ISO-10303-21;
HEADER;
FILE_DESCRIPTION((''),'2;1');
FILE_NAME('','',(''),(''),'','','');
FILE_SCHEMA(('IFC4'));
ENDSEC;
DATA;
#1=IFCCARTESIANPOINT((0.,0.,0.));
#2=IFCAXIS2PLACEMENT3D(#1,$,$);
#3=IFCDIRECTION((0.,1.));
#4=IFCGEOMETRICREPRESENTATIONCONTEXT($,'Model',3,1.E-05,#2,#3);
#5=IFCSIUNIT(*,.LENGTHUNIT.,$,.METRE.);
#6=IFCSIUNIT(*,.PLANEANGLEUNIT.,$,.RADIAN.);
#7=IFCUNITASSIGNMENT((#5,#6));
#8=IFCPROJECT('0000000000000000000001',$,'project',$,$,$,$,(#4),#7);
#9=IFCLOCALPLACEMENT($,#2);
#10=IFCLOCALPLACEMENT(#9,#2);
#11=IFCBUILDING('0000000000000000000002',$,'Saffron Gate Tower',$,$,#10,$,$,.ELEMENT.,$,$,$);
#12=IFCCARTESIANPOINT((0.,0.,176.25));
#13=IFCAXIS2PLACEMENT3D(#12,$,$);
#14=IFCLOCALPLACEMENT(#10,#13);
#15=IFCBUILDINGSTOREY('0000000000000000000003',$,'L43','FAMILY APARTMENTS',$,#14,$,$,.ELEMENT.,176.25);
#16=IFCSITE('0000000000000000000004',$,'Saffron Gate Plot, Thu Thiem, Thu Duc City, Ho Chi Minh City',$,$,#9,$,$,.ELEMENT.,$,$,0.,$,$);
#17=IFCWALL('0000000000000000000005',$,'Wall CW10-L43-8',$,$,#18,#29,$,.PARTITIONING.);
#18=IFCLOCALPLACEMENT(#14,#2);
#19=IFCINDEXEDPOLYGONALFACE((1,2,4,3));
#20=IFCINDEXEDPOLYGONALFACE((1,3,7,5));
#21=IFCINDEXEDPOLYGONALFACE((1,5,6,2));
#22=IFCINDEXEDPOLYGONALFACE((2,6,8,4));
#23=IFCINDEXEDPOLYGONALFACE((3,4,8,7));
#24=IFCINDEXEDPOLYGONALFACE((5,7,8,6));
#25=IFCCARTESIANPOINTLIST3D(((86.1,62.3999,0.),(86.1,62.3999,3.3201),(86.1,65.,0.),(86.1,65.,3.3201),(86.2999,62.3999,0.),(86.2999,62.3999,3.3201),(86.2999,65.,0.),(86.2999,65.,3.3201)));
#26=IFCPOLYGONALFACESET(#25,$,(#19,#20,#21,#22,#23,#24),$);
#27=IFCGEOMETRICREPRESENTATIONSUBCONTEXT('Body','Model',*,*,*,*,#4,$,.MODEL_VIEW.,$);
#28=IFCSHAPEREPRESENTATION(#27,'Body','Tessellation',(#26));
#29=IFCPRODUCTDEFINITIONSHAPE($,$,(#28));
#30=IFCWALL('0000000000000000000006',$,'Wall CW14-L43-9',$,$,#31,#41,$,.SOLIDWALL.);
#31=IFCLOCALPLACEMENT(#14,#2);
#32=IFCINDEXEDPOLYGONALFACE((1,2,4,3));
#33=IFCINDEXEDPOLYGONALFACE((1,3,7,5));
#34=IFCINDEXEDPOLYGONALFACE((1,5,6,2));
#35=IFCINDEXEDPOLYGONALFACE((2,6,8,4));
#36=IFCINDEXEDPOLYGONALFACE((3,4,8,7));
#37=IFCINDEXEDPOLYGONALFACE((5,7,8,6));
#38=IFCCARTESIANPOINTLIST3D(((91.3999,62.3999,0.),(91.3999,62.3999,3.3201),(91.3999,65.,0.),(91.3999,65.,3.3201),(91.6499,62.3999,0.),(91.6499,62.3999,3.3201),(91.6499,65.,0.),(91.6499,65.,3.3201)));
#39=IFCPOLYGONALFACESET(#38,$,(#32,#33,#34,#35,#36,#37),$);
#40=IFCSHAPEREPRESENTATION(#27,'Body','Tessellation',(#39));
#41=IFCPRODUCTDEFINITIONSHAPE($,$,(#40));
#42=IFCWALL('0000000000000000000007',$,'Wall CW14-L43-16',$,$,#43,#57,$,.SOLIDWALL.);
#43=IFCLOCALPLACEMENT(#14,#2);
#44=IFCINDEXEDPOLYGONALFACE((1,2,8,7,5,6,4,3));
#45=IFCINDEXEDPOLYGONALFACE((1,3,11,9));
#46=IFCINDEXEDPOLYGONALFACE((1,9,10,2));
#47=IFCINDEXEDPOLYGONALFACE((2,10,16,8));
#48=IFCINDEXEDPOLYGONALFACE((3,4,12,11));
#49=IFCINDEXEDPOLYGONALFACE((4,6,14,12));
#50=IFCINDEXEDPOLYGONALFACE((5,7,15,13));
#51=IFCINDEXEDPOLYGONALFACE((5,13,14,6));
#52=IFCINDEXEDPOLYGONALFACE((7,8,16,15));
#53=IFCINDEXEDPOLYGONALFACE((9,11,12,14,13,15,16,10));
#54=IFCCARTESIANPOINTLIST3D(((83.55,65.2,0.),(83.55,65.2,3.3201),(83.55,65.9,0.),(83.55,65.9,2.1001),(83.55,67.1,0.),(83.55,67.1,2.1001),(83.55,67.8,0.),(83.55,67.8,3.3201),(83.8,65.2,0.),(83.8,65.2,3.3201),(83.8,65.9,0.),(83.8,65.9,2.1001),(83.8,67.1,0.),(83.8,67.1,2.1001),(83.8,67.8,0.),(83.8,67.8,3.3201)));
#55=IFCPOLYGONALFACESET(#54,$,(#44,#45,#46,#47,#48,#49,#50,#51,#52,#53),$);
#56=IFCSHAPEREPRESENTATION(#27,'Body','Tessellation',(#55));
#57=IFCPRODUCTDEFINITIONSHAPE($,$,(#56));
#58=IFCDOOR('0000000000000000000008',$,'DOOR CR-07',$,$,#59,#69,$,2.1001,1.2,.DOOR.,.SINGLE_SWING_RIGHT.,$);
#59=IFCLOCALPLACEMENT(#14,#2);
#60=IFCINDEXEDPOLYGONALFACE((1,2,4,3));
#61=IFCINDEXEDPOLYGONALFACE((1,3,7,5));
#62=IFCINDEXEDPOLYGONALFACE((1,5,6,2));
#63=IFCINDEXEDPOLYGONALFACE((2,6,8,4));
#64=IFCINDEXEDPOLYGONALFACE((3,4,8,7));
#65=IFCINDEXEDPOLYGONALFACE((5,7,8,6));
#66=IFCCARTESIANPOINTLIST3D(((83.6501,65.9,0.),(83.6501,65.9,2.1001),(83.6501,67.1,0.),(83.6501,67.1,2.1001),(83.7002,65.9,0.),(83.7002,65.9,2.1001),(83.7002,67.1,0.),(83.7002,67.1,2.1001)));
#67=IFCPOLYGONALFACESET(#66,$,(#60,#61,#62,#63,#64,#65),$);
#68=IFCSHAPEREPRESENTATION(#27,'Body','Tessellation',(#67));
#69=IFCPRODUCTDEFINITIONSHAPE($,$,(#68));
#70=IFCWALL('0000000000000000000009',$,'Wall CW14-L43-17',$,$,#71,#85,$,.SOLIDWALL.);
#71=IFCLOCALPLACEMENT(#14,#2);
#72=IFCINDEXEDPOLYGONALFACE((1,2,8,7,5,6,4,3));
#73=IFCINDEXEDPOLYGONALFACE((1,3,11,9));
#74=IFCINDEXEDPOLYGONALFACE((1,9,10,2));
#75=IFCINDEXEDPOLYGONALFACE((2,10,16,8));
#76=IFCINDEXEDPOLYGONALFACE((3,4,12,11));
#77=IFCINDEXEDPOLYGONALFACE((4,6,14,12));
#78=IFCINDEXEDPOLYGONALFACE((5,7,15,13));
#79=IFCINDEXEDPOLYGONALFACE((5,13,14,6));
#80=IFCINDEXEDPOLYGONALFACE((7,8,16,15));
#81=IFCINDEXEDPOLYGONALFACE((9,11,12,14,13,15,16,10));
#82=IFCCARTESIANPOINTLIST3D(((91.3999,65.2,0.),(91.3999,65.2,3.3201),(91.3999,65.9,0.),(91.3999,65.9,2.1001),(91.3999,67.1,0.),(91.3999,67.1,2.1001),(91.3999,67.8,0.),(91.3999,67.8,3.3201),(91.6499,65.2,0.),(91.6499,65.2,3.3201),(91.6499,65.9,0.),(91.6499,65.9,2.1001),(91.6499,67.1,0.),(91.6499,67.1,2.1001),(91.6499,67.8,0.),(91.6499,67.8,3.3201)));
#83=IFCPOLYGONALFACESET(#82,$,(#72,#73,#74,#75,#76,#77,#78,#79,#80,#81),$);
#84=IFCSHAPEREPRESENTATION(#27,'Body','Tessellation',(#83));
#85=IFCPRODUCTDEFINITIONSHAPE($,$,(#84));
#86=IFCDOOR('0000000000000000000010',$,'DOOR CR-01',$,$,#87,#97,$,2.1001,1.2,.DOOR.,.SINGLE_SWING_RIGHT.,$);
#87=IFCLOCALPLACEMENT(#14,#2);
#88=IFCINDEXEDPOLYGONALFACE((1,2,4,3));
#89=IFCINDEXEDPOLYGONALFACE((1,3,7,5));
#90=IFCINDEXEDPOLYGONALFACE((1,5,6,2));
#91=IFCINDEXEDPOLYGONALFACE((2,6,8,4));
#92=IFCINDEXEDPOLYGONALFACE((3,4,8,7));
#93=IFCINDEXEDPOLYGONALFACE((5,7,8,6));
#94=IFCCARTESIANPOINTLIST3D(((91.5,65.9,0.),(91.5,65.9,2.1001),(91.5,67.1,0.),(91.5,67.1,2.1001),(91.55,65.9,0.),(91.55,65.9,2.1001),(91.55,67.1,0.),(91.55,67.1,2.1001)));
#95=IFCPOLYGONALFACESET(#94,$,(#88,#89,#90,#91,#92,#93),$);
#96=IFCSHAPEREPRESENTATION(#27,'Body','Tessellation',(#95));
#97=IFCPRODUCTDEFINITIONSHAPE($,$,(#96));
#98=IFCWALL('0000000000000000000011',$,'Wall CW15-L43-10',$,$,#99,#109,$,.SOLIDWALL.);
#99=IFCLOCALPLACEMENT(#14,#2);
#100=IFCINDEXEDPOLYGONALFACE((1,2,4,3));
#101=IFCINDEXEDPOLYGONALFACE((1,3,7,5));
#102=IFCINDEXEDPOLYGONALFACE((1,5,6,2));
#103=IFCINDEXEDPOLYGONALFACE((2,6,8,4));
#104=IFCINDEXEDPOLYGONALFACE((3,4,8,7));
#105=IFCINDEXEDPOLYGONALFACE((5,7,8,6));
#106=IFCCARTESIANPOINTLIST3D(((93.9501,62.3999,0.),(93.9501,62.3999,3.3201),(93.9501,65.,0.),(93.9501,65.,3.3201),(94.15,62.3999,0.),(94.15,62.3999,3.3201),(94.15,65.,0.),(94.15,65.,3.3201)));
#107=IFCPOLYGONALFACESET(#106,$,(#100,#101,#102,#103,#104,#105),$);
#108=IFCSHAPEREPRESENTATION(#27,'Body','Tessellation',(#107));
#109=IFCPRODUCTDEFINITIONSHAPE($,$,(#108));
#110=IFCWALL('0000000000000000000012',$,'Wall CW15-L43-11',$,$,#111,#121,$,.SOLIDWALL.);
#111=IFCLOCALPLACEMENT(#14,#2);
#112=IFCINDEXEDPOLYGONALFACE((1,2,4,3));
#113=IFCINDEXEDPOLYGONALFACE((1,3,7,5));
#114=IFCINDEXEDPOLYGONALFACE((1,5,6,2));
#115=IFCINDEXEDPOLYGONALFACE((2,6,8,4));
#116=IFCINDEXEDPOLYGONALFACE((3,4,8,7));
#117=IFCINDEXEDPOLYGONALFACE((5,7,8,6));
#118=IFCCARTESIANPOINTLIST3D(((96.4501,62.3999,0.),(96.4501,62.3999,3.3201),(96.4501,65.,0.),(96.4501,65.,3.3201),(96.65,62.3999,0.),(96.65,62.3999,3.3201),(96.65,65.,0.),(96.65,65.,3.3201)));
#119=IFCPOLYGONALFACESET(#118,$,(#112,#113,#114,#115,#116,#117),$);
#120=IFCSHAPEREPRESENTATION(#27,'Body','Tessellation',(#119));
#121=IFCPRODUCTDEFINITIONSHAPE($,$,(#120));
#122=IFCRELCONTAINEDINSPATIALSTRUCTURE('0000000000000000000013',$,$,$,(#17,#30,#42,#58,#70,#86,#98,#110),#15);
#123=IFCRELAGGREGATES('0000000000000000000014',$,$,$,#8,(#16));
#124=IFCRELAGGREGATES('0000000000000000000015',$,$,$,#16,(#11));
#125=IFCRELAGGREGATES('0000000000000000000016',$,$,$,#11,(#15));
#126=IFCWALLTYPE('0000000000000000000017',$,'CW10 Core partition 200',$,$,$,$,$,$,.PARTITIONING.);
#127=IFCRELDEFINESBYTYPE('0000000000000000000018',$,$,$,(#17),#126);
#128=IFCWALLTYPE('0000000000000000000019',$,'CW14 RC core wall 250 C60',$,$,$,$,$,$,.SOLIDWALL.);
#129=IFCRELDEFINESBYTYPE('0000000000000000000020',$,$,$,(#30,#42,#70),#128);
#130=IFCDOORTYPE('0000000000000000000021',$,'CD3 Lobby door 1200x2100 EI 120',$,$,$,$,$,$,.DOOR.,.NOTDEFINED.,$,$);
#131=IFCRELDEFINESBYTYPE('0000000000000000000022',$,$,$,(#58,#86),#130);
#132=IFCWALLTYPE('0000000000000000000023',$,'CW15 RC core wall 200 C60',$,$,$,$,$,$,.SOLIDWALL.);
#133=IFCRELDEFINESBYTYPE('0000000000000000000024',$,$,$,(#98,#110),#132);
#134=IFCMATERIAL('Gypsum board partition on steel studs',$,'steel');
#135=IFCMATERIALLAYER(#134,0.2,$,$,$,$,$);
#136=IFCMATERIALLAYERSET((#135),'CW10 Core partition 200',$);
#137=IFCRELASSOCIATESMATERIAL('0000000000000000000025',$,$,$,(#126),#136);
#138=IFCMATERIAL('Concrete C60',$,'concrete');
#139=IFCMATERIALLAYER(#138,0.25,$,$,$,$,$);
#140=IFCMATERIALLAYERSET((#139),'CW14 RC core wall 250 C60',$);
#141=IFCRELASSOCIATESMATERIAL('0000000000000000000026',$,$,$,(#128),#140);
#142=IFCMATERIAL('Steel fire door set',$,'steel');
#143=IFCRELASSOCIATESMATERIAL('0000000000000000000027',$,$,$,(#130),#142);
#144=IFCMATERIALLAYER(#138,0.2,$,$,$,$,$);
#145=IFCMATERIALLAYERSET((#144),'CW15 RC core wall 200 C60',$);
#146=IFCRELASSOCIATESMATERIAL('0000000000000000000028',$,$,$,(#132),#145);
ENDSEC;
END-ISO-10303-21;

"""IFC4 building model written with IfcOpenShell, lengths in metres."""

from ifc_helpers import new_model, si_unit, direction, frame, frame_2d, origin, place, context, subcontext, project, spatial, rectangle, extrude, material, layer, layer_set, type_object, element, fill, save


model = new_model("IFC4")

# Units and contexts
model_context = context("Model", 3, precision=1e-05, world=origin(), true_north=direction((0.0, 1.0)))
body_context = subcontext(model_context, "Body", "Model", "MODEL_VIEW")
ifc_project = project(units=[si_unit("LENGTHUNIT", "METRE"), si_unit("PLANEANGLEUNIT", "RADIAN")], contexts=[model_context])

# Site, building, storey
site_placement = place(None, origin())
site = spatial("IfcSite", under=ifc_project, at=site_placement, Name="Saffron Gate Plot, Thu Thiem, Thu Duc City, Ho Chi Minh City", CompositionType="ELEMENT", RefElevation=0.0)
building_placement = place(site_placement, origin())
building = spatial("IfcBuilding", under=site, at=building_placement, Name="Saffron Gate Tower", CompositionType="ELEMENT")
storey_placement = place(building_placement, frame((0.0, 0.0, 176.25)))
storey = spatial("IfcBuildingStorey", under=building, at=storey_placement, Name="L43", Description="FAMILY APARTMENTS", CompositionType="ELEMENT", Elevation=176.25)

# Walls
ifc_material_1 = material(Name="Gypsum board partition on steel studs", Category="steel")
ifc_layer_1 = layer(ifc_material_1, 0.2)
ifc_layer_set_1 = layer_set([ifc_layer_1], Name="CW10 Core partition 200")
wall_type_1 = type_object("IfcWallType", Name="CW10 Core partition 200", PredefinedType="PARTITIONING", material=ifc_layer_set_1)
wall_1_placement = place(storey_placement, frame((86.2, 62.3999, 0.0), z_axis=(0.0, 0.0, 1.0), x_axis=(0.0, 1.0, 0.0)))
element("IfcWall", 1, at=wall_1_placement, inside=storey, type_object=wall_type_1, Name="Wall CW10-L43-8", PredefinedType="PARTITIONING", context=body_context, shape_type="SweptSolid", body=[
    extrude(rectangle(XDim=2.6001, YDim=0.2, at=frame_2d((1.3, 0.0))), origin(), (0.0, 0.0, 1.0), 3.3201),
])
ifc_material_2 = material(Name="Concrete C60", Category="concrete")
ifc_layer_2 = layer(ifc_material_2, 0.25)
ifc_layer_set_2 = layer_set([ifc_layer_2], Name="CW14 RC core wall 250 C60")
wall_type_2 = type_object("IfcWallType", Name="CW14 RC core wall 250 C60", PredefinedType="SOLIDWALL", material=ifc_layer_set_2)
wall_2_placement = place(storey_placement, frame((91.5249, 62.3999, 0.0), z_axis=(0.0, 0.0, 1.0), x_axis=(0.0, 1.0, 0.0)))
element("IfcWall", 2, at=wall_2_placement, inside=storey, type_object=wall_type_2, Name="Wall CW14-L43-9", PredefinedType="SOLIDWALL", context=body_context, shape_type="SweptSolid", body=[
    extrude(rectangle(XDim=2.6001, YDim=0.25, at=frame_2d((1.3, 0.0))), origin(), (0.0, 0.0, 1.0), 3.3201),
])

# Walls, openings, doors
wall_3_placement = place(storey_placement, frame((83.675, 65.2, 0.0), z_axis=(0.0, 0.0, 1.0), x_axis=(0.0, 1.0, 0.0)))
wall_3 = element("IfcWall", 3, at=wall_3_placement, inside=storey, type_object=wall_type_2, Name="Wall CW14-L43-16", PredefinedType="SOLIDWALL", context=body_context, shape_type="SweptSolid", body=[
    extrude(rectangle(XDim=2.6001, YDim=0.25, at=frame_2d((1.3, 0.0))), origin(), (0.0, 0.0, 1.0), 3.3201),
])
opening_1_placement = place(wall_3_placement, frame((0.7, 0.0, 0.0)))
opening_1 = element("IfcOpeningElement", 4, at=opening_1_placement, cuts=wall_3, PredefinedType="OPENING", context=body_context, shape_type="SweptSolid", body=[
    extrude(rectangle(XDim=1.2, YDim=2.1001, at=frame_2d((0.6001, 1.05))), frame((0.0, 0.135, 0.0), z_axis=(0.0, -1.0, 0.0), x_axis=(1.0, 0.0, 0.0)), (0.0, 0.0, 1.0), 0.27),
])
ifc_material_3 = material(Name="Steel fire door set", Category="steel")
door_type_1 = type_object("IfcDoorType", Name="CD3 Lobby door 1200x2100 EI 120", OperationType="NOTDEFINED", PredefinedType="DOOR", material=ifc_material_3)
door_1_placement = place(opening_1_placement, origin())
door_1 = element("IfcDoor", 5, at=door_1_placement, inside=storey, type_object=door_type_1, Name="DOOR CR-07", OperationType="SINGLE_SWING_RIGHT", OverallHeight=2.1001, OverallWidth=1.2, PredefinedType="DOOR", context=body_context, shape_type="SweptSolid", body=[
    extrude(rectangle(XDim=1.2, YDim=2.1001, at=frame_2d((0.6001, 1.05))), frame((0.0, 0.0249, 0.0), z_axis=(0.0, -1.0, 0.0), x_axis=(1.0, 0.0, 0.0)), (0.0, 0.0, 1.0), 0.05),
])
fill(opening_1, door_1)
wall_4_placement = place(storey_placement, frame((91.5249, 65.2, 0.0), z_axis=(0.0, 0.0, 1.0), x_axis=(0.0, 1.0, 0.0)))
wall_4 = element("IfcWall", 6, at=wall_4_placement, inside=storey, type_object=wall_type_2, Name="Wall CW14-L43-17", PredefinedType="SOLIDWALL", context=body_context, shape_type="SweptSolid", body=[
    extrude(rectangle(XDim=2.6001, YDim=0.25, at=frame_2d((1.3, 0.0))), origin(), (0.0, 0.0, 1.0), 3.3201),
])
opening_2_placement = place(wall_4_placement, frame((0.7, 0.0, 0.0)))
opening_2 = element("IfcOpeningElement", 7, at=opening_2_placement, cuts=wall_4, PredefinedType="OPENING", context=body_context, shape_type="SweptSolid", body=[
    extrude(rectangle(XDim=1.2, YDim=2.1001, at=frame_2d((0.6001, 1.05))), frame((0.0, 0.135, 0.0), z_axis=(0.0, -1.0, 0.0), x_axis=(1.0, 0.0, 0.0)), (0.0, 0.0, 1.0), 0.27),
])
door_2_placement = place(opening_2_placement, origin())
door_2 = element("IfcDoor", 8, at=door_2_placement, inside=storey, type_object=door_type_1, Name="DOOR CR-01", OperationType="SINGLE_SWING_RIGHT", OverallHeight=2.1001, OverallWidth=1.2, PredefinedType="DOOR", context=body_context, shape_type="SweptSolid", body=[
    extrude(rectangle(XDim=1.2, YDim=2.1001, at=frame_2d((0.6001, 1.05))), frame((0.0, 0.0249, 0.0), z_axis=(0.0, -1.0, 0.0), x_axis=(1.0, 0.0, 0.0)), (0.0, 0.0, 1.0), 0.05),
])
fill(opening_2, door_2)

# Walls
ifc_layer_3 = layer(ifc_material_2, 0.2)
ifc_layer_set_3 = layer_set([ifc_layer_3], Name="CW15 RC core wall 200 C60")
wall_type_3 = type_object("IfcWallType", Name="CW15 RC core wall 200 C60", PredefinedType="SOLIDWALL", material=ifc_layer_set_3)
for number, where, z_axis, x_axis, name in (
    (9, (94.05, 62.3999, 0.0), (0.0, 0.0, 1.0), (0.0, 1.0, 0.0), "Wall CW15-L43-10"),
    (10, (96.55, 62.3999, 0.0), (0.0, 0.0, 1.0), (0.0, 1.0, 0.0), "Wall CW15-L43-11"),
):
    element("IfcWall", number, at=place(storey_placement, frame(where, z_axis=z_axis, x_axis=x_axis)), inside=storey, type_object=wall_type_3, Name=name, PredefinedType="SOLIDWALL", context=body_context, shape_type="SweptSolid", body=[
        extrude(rectangle(XDim=2.6001, YDim=0.2, at=frame_2d((1.3, 0.0))), origin(), (0.0, 0.0, 1.0), 3.3201),
    ])

save(model, "model.ifc")
